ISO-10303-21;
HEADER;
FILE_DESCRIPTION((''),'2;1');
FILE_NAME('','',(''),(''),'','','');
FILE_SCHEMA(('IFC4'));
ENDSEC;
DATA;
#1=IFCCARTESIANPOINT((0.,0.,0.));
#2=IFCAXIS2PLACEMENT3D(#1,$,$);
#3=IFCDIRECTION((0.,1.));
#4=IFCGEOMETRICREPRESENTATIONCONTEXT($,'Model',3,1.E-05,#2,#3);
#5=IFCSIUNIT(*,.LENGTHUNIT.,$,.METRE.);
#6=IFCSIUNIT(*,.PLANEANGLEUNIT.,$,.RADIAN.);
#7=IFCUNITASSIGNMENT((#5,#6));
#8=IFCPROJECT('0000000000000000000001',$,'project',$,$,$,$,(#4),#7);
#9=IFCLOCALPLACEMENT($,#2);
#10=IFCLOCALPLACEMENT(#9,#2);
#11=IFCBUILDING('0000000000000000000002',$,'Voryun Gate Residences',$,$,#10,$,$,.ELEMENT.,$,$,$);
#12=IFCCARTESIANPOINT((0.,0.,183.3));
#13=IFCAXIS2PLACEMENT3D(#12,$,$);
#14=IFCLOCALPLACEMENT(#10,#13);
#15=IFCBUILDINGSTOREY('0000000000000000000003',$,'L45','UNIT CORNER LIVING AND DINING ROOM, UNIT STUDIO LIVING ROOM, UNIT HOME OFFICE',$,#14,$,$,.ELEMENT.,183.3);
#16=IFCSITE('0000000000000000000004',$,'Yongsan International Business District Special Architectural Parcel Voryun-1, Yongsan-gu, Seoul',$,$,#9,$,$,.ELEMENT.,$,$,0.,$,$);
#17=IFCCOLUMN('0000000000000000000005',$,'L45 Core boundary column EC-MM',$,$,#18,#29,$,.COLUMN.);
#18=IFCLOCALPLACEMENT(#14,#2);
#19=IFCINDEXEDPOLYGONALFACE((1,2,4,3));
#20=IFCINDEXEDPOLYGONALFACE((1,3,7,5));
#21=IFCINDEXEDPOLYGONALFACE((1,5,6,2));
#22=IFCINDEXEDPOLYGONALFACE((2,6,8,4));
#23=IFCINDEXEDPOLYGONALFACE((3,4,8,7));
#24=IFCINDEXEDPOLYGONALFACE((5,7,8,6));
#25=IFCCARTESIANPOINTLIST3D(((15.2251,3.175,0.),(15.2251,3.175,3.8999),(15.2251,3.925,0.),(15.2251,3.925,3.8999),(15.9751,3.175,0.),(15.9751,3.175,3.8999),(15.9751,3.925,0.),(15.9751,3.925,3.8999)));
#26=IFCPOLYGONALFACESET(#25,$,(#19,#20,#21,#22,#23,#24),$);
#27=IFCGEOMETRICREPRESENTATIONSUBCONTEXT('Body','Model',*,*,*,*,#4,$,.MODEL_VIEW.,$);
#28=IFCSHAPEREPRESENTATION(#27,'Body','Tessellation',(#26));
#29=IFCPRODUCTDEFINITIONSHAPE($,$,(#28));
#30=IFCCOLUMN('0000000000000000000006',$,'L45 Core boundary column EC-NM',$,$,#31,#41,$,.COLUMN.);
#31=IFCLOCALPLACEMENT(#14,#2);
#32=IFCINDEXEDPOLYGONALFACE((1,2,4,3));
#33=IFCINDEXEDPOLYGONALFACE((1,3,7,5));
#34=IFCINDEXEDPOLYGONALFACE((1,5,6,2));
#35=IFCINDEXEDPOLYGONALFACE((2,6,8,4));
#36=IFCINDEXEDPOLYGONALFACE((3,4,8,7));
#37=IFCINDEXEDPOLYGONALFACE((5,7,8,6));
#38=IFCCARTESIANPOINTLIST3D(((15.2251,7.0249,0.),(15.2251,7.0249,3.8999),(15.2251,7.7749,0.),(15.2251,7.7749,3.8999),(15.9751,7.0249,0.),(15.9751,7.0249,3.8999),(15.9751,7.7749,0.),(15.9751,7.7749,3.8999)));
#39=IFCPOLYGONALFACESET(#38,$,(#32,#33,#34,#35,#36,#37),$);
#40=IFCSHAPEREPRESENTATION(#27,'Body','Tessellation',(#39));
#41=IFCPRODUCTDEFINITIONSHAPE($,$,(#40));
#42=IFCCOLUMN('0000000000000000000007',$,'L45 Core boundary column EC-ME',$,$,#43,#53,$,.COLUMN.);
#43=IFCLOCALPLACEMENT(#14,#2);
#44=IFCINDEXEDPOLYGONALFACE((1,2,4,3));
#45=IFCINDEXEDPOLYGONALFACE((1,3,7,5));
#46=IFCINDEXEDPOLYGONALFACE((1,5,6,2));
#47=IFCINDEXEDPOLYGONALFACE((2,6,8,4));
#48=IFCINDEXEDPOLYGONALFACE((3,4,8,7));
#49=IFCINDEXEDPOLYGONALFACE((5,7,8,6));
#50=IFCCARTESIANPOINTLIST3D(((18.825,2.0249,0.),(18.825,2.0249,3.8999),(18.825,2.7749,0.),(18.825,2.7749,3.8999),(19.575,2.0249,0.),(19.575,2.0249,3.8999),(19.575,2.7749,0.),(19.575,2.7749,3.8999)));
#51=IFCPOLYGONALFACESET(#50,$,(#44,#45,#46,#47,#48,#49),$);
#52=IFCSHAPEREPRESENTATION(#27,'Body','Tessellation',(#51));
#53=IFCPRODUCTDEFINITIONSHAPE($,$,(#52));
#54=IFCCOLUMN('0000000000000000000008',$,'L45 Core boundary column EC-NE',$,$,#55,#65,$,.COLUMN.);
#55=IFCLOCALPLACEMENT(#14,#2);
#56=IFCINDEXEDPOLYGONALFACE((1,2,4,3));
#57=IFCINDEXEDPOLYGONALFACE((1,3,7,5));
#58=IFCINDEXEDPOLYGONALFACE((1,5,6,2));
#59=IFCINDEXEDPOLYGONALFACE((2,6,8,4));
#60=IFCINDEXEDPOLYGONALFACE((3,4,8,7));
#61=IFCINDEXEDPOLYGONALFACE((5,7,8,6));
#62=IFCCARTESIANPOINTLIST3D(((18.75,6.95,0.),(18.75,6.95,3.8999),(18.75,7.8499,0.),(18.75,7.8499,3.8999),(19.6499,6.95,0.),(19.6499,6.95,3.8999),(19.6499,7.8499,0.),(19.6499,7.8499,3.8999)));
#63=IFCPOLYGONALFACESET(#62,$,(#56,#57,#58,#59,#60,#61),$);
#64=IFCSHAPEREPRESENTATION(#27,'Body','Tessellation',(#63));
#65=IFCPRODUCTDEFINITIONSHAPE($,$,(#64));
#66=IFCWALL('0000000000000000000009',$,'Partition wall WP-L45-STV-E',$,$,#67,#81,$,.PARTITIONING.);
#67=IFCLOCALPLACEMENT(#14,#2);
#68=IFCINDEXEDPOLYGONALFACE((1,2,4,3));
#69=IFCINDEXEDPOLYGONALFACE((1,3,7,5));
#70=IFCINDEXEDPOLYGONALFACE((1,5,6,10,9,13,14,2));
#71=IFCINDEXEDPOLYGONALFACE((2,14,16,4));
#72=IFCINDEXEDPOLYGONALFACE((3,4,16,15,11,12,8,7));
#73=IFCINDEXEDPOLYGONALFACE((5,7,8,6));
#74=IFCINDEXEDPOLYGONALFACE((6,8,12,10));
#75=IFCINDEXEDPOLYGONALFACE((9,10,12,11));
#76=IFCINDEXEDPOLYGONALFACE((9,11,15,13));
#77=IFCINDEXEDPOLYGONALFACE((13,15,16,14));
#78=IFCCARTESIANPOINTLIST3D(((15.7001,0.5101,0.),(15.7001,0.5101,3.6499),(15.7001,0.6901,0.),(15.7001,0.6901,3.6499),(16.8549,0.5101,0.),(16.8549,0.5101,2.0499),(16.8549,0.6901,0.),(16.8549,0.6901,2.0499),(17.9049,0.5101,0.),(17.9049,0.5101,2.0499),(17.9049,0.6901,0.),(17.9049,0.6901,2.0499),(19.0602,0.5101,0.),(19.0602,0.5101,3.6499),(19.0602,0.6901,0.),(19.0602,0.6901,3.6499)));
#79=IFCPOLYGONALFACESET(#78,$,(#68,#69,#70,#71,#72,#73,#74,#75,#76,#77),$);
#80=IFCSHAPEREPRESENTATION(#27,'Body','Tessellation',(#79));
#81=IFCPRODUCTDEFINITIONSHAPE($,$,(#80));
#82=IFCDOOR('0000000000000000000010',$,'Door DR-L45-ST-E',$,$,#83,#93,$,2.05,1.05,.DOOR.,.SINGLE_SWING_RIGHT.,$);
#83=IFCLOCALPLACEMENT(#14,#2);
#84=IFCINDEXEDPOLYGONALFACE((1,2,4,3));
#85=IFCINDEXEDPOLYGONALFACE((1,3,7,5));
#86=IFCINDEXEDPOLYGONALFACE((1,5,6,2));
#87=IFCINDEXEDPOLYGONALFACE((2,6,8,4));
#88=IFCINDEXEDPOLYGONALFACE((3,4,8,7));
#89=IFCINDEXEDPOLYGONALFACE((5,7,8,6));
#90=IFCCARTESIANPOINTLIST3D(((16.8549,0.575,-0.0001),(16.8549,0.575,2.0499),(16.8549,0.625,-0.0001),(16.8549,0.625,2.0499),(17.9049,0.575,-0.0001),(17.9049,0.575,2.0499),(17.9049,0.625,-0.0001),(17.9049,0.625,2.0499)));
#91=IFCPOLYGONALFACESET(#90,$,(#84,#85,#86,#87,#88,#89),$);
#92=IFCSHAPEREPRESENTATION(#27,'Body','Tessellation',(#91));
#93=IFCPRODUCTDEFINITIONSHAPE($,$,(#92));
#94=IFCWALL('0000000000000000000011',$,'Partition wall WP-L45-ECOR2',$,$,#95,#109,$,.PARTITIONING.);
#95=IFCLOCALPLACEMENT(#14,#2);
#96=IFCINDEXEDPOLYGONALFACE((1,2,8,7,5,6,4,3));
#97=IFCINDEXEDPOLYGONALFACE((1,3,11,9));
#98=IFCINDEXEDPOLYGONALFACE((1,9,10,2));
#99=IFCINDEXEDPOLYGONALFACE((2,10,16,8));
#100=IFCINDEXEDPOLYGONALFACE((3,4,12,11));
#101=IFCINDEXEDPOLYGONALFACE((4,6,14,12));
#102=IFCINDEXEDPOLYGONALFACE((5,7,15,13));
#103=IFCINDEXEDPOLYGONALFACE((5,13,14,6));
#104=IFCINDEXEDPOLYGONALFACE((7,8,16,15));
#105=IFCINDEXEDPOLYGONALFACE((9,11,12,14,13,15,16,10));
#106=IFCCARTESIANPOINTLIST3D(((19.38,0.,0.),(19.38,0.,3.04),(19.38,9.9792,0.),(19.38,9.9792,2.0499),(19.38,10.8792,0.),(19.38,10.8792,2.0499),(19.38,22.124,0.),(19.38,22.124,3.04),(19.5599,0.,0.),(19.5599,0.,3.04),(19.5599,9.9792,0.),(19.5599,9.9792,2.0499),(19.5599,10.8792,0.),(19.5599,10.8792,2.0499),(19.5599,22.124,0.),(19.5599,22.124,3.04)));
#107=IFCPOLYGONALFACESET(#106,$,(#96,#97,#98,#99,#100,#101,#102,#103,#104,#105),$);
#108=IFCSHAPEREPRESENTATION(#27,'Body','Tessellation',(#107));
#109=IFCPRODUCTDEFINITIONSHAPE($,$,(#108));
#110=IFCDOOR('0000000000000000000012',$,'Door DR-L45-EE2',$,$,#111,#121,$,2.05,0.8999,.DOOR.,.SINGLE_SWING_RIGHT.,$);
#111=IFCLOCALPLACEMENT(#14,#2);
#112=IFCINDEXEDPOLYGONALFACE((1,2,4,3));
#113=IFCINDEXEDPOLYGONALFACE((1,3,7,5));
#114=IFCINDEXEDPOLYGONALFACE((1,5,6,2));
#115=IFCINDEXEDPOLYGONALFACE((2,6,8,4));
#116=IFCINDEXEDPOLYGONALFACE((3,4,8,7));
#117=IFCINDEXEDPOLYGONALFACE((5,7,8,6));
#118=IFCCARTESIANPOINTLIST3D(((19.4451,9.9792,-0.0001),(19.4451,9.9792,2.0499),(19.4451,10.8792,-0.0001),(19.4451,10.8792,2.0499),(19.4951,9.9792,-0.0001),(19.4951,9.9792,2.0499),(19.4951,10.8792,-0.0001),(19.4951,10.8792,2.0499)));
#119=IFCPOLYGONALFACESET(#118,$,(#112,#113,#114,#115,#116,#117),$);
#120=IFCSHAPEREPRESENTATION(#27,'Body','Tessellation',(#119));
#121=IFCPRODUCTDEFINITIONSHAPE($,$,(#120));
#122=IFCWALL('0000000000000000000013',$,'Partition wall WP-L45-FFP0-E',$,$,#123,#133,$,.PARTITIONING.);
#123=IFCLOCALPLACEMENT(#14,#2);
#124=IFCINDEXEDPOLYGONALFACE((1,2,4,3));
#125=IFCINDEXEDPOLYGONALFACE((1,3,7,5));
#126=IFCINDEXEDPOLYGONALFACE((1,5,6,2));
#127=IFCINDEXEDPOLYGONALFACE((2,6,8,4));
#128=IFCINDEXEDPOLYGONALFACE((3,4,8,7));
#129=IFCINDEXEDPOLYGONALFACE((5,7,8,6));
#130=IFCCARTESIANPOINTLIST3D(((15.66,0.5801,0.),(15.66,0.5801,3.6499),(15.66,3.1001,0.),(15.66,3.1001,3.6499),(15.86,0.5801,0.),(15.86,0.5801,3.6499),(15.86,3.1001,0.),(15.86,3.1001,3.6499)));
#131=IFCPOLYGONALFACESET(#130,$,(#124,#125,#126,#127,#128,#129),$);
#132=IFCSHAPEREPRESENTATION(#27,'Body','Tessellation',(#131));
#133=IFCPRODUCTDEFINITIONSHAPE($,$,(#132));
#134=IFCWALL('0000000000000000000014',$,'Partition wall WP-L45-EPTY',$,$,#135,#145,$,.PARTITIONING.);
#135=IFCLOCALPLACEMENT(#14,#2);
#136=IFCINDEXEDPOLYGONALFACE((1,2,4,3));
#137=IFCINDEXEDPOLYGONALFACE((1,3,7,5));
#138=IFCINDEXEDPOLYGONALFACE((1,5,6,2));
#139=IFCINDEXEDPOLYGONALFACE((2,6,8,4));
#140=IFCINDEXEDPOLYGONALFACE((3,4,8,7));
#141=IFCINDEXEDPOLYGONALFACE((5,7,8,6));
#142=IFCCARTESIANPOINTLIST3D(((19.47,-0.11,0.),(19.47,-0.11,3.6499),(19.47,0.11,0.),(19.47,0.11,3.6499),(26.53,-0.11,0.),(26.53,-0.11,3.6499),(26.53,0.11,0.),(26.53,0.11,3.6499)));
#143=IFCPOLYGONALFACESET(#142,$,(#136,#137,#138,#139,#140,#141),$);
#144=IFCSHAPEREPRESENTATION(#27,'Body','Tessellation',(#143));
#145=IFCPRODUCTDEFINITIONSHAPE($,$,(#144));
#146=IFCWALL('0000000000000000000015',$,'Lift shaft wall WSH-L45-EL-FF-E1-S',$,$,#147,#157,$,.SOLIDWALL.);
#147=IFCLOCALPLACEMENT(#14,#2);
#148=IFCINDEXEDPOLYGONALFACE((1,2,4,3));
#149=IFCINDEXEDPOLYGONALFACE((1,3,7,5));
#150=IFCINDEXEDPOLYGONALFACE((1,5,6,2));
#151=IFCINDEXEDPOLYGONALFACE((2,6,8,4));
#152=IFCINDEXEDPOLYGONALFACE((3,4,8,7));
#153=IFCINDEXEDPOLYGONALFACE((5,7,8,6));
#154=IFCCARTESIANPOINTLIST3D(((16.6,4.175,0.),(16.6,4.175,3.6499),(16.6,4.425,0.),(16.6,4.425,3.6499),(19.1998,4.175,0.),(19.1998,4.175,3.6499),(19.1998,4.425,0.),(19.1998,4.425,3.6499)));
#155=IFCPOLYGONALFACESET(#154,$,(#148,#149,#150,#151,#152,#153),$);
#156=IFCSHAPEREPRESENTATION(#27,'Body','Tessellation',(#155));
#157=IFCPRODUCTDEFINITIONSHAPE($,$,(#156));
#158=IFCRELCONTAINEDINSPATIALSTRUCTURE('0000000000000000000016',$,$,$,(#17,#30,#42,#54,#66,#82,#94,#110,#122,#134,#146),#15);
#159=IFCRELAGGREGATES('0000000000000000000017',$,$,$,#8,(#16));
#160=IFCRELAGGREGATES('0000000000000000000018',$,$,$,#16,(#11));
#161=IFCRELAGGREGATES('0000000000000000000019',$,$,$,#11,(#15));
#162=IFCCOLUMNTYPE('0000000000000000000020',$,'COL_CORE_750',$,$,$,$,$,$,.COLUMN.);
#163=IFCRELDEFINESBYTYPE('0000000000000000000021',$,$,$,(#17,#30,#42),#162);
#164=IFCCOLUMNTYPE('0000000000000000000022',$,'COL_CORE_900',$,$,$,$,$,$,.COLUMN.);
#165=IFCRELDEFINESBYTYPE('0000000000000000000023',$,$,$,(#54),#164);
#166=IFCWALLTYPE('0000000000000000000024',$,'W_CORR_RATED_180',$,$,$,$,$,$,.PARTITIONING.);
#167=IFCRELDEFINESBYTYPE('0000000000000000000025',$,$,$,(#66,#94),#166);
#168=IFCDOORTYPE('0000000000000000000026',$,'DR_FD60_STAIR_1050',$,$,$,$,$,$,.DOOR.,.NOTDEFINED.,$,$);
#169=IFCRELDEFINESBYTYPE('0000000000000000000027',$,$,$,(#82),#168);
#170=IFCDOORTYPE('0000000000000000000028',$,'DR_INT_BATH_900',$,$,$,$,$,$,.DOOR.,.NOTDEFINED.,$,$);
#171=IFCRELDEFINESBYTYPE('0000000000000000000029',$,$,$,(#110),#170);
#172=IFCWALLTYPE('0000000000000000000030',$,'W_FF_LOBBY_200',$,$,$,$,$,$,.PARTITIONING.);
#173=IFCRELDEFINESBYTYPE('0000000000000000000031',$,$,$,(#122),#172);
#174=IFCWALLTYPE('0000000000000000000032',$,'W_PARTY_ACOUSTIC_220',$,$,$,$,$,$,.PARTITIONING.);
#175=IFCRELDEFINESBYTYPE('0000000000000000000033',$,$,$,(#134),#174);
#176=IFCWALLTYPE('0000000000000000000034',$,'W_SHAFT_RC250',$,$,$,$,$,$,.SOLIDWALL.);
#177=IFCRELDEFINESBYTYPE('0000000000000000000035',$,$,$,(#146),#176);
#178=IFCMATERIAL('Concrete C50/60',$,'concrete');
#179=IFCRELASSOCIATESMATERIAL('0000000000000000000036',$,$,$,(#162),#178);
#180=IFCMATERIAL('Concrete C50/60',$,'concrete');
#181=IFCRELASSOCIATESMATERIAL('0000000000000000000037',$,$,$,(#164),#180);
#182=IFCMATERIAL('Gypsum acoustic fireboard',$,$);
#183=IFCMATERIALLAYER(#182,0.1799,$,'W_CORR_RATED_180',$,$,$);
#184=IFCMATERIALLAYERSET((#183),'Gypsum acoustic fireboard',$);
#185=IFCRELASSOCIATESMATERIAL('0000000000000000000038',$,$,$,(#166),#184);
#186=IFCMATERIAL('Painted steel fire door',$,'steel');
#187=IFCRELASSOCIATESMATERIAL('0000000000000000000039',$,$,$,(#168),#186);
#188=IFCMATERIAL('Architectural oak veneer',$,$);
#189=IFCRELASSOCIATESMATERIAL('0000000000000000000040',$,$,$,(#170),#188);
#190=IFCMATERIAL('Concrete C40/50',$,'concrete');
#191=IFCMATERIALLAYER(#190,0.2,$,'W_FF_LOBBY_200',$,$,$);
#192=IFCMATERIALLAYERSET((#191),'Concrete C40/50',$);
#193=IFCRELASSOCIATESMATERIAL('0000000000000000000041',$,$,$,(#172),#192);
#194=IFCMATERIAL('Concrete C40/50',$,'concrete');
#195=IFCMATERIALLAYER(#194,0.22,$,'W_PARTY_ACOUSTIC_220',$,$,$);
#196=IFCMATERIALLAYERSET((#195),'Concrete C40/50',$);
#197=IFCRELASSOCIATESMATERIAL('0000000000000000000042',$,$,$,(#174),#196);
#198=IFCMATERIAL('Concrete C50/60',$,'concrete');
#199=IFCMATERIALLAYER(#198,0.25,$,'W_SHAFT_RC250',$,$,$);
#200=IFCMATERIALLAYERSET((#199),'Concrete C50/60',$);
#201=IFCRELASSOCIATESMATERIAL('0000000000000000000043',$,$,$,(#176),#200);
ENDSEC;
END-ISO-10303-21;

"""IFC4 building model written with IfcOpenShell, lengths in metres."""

from ifc_helpers import new_model, si_unit, direction, frame, frame_2d, origin, origin_2d, place, context, subcontext, project, spatial, rectangle, extrude, material, layer, layer_set, material_profile, profile_set, type_object, element, fill, save


model = new_model("IFC4")

# Units and contexts
model_context = context("Model", 3, precision=1e-05, world=origin(), true_north=direction((0.0, 1.0)))
body_context = subcontext(model_context, "Body", "Model", "MODEL_VIEW")
ifc_project = project(units=[si_unit("LENGTHUNIT", "METRE"), si_unit("PLANEANGLEUNIT", "RADIAN")], contexts=[model_context])

# Site, building, storey
site_placement = place(None, origin())
site = spatial("IfcSite", under=ifc_project, at=site_placement, Name="Yongsan International Business District Special Architectural Parcel Voryun-1, Yongsan-gu, Seoul", CompositionType="ELEMENT", RefElevation=0.0)
building_placement = place(site_placement, origin())
building = spatial("IfcBuilding", under=site, at=building_placement, Name="Voryun Gate Residences", CompositionType="ELEMENT")
storey_placement = place(building_placement, frame((0.0, 0.0, 183.3)))
storey = spatial("IfcBuildingStorey", under=building, at=storey_placement, Name="L45", Description="UNIT CORNER LIVING AND DINING ROOM, UNIT STUDIO LIVING ROOM, UNIT HOME OFFICE", CompositionType="ELEMENT", Elevation=183.3)

# Columns
ifc_material_1 = material(Name="Concrete C50/60", Category="concrete")
ifc_material_profile_1 = material_profile(ifc_material_1, rectangle(XDim=0.75, YDim=0.75, at=origin_2d()), Name="RC-750x750")
ifc_profile_set_1 = profile_set([ifc_material_profile_1], Name="Concrete C50/60")
column_type_1 = type_object("IfcColumnType", Name="COL_CORE_750", PredefinedType="COLUMN", material=ifc_profile_set_1)
for number, where, z_axis, x_axis, name in (
    (1, (15.6001, 3.55, 0.0), (0.0, 0.0, 1.0), (1.0, 0.0, 0.0), "L45 Core boundary column EC-MM"),
    (2, (15.6001, 7.3999, 0.0), (0.0, 0.0, 1.0), (1.0, 0.0, 0.0), "L45 Core boundary column EC-NM"),
    (3, (19.2, 2.3999, 0.0), (0.0, 0.0, 1.0), (1.0, 0.0, 0.0), "L45 Core boundary column EC-ME"),
):
    element("IfcColumn", number, at=place(storey_placement, frame(where, z_axis=z_axis, x_axis=x_axis)), inside=storey, type_object=column_type_1, Name=name, PredefinedType="COLUMN", context=body_context, shape_type="SweptSolid", body=[
        extrude(rectangle(XDim=0.75, YDim=0.75, at=origin_2d()), origin(), (0.0, 0.0, 1.0), 3.8999),
    ])
ifc_material_2 = material(Name="Concrete C50/60", Category="concrete")
ifc_material_profile_2 = material_profile(ifc_material_2, rectangle(XDim=0.8999, YDim=0.8999, at=origin_2d()), Name="RC-900x900")
ifc_profile_set_2 = profile_set([ifc_material_profile_2], Name="Concrete C50/60")
column_type_2 = type_object("IfcColumnType", Name="COL_CORE_900", PredefinedType="COLUMN", material=ifc_profile_set_2)
column_placement = place(storey_placement, frame((19.2, 7.3999, 0.0), z_axis=(0.0, 0.0, 1.0), x_axis=(1.0, 0.0, 0.0)))
element("IfcColumn", 4, at=column_placement, inside=storey, type_object=column_type_2, Name="L45 Core boundary column EC-NE", PredefinedType="COLUMN", context=body_context, shape_type="SweptSolid", body=[
    extrude(rectangle(XDim=0.8999, YDim=0.8999, at=origin_2d()), origin(), (0.0, 0.0, 1.0), 3.8999),
])

# Walls, openings, doors
ifc_material_3 = material(Name="Gypsum acoustic fireboard")
ifc_layer_1 = layer(ifc_material_3, 0.1799, Name="W_CORR_RATED_180")
ifc_layer_set_1 = layer_set([ifc_layer_1], Name="Gypsum acoustic fireboard")
wall_type_1 = type_object("IfcWallType", Name="W_CORR_RATED_180", PredefinedType="PARTITIONING", material=ifc_layer_set_1)
wall_1_placement = place(storey_placement, frame((15.7, 0.6001, 0.0), z_axis=(0.0, 0.0, 1.0), x_axis=(1.0, 0.0, 0.0)))
wall_1 = element("IfcWall", 5, at=wall_1_placement, inside=storey, type_object=wall_type_1, Name="Partition wall WP-L45-STV-E", PredefinedType="PARTITIONING", context=body_context, shape_type="SweptSolid", body=[
    extrude(rectangle(XDim=3.3601, YDim=0.1799, at=frame_2d((1.6802, 0.0))), origin(), (0.0, 0.0, 1.0), 3.6499),
])
opening_1_placement = place(wall_1_placement, frame((1.155, 0.0, 0.0)))
opening_1 = element("IfcOpeningElement", 6, at=opening_1_placement, cuts=wall_1, PredefinedType="OPENING", context=body_context, shape_type="SweptSolid", body=[
    extrude(rectangle(XDim=1.05, YDim=2.05, at=frame_2d((0.5249, 1.0249))), frame((0.0, 0.0999, 0.0), z_axis=(0.0, -1.0, 0.0), x_axis=(1.0, 0.0, 0.0)), (0.0, 0.0, 1.0), 0.2),
])
ifc_material_4 = material(Name="Painted steel fire door", Category="steel")
door_type_1 = type_object("IfcDoorType", Name="DR_FD60_STAIR_1050", OperationType="NOTDEFINED", PredefinedType="DOOR", material=ifc_material_4)
door_1_placement = place(opening_1_placement, origin())
door_1 = element("IfcDoor", 7, at=door_1_placement, inside=storey, type_object=door_type_1, Name="Door DR-L45-ST-E", OperationType="SINGLE_SWING_RIGHT", OverallHeight=2.05, OverallWidth=1.05, PredefinedType="DOOR", context=body_context, shape_type="SweptSolid", body=[
    extrude(rectangle(XDim=1.05, YDim=2.05, at=frame_2d((0.5249, 1.0249))), frame((0.0, 0.0249, 0.0), z_axis=(0.0, -1.0, 0.0), x_axis=(1.0, 0.0, 0.0)), (0.0, 0.0, 1.0), 0.05),
])
fill(opening_1, door_1)
wall_2_placement = place(storey_placement, frame((19.47, 0.0, 0.0), z_axis=(0.0, 0.0, 1.0), x_axis=(0.0, 1.0, 0.0)))
wall_2 = element("IfcWall", 8, at=wall_2_placement, inside=storey, type_object=wall_type_1, Name="Partition wall WP-L45-ECOR2", PredefinedType="PARTITIONING", context=body_context, shape_type="SweptSolid", body=[
    extrude(rectangle(XDim=22.124, YDim=0.1799, at=frame_2d((11.062, 0.0))), origin(), (0.0, 0.0, 1.0), 3.04),
])
opening_2_placement = place(wall_2_placement, frame((9.9792, 0.0, 0.0)))
opening_2 = element("IfcOpeningElement", 9, at=opening_2_placement, cuts=wall_2, PredefinedType="OPENING", context=body_context, shape_type="SweptSolid", body=[
    extrude(rectangle(XDim=0.8999, YDim=2.05, at=frame_2d((0.45, 1.0249))), frame((0.0, 0.0999, 0.0), z_axis=(0.0, -1.0, 0.0), x_axis=(1.0, 0.0, 0.0)), (0.0, 0.0, 1.0), 0.2),
])
ifc_material_5 = material(Name="Architectural oak veneer")
door_type_2 = type_object("IfcDoorType", Name="DR_INT_BATH_900", OperationType="NOTDEFINED", PredefinedType="DOOR", material=ifc_material_5)
door_2_placement = place(opening_2_placement, origin())
door_2 = element("IfcDoor", 10, at=door_2_placement, inside=storey, type_object=door_type_2, Name="Door DR-L45-EE2", OperationType="SINGLE_SWING_RIGHT", OverallHeight=2.05, OverallWidth=0.8999, PredefinedType="DOOR", context=body_context, shape_type="SweptSolid", body=[
    extrude(rectangle(XDim=0.8999, YDim=2.05, at=frame_2d((0.45, 1.0249))), frame((0.0, 0.0249, 0.0), z_axis=(0.0, -1.0, 0.0), x_axis=(1.0, 0.0, 0.0)), (0.0, 0.0, 1.0), 0.05),
])
fill(opening_2, door_2)

# Walls
ifc_material_6 = material(Name="Concrete C40/50", Category="concrete")
ifc_layer_2 = layer(ifc_material_6, 0.2, Name="W_FF_LOBBY_200")
ifc_layer_set_2 = layer_set([ifc_layer_2], Name="Concrete C40/50")
wall_type_2 = type_object("IfcWallType", Name="W_FF_LOBBY_200", PredefinedType="PARTITIONING", material=ifc_layer_set_2)
wall_3_placement = place(storey_placement, frame((15.76, 0.5801, 0.0), z_axis=(0.0, 0.0, 1.0), x_axis=(0.0, 1.0, 0.0)))
element("IfcWall", 11, at=wall_3_placement, inside=storey, type_object=wall_type_2, Name="Partition wall WP-L45-FFP0-E", PredefinedType="PARTITIONING", context=body_context, shape_type="SweptSolid", body=[
    extrude(rectangle(XDim=2.52, YDim=0.2, at=frame_2d((1.26, 0.0))), origin(), (0.0, 0.0, 1.0), 3.6499),
])
ifc_material_7 = material(Name="Concrete C40/50", Category="concrete")
ifc_layer_3 = layer(ifc_material_7, 0.22, Name="W_PARTY_ACOUSTIC_220")
ifc_layer_set_3 = layer_set([ifc_layer_3], Name="Concrete C40/50")
wall_type_3 = type_object("IfcWallType", Name="W_PARTY_ACOUSTIC_220", PredefinedType="PARTITIONING", material=ifc_layer_set_3)
wall_4_placement = place(storey_placement, frame((19.47, 0.0, 0.0), z_axis=(0.0, 0.0, 1.0), x_axis=(1.0, 0.0, 0.0)))
element("IfcWall", 12, at=wall_4_placement, inside=storey, type_object=wall_type_3, Name="Partition wall WP-L45-EPTY", PredefinedType="PARTITIONING", context=body_context, shape_type="SweptSolid", body=[
    extrude(rectangle(XDim=7.0601, YDim=0.22, at=frame_2d((3.53, 0.0))), origin(), (0.0, 0.0, 1.0), 3.6499),
])
ifc_material_8 = material(Name="Concrete C50/60", Category="concrete")
ifc_layer_4 = layer(ifc_material_8, 0.25, Name="W_SHAFT_RC250")
ifc_layer_set_4 = layer_set([ifc_layer_4], Name="Concrete C50/60")
wall_type_4 = type_object("IfcWallType", Name="W_SHAFT_RC250", PredefinedType="SOLIDWALL", material=ifc_layer_set_4)
wall_5_placement = place(storey_placement, frame((16.6001, 4.3, 0.0), z_axis=(0.0, 0.0, 1.0), x_axis=(1.0, 0.0, 0.0)))
element("IfcWall", 13, at=wall_5_placement, inside=storey, type_object=wall_type_4, Name="Lift shaft wall WSH-L45-EL-FF-E1-S", PredefinedType="SOLIDWALL", context=body_context, shape_type="SweptSolid", body=[
    extrude(rectangle(XDim=2.5999, YDim=0.25, at=frame_2d((1.2998, 0.0))), origin(), (0.0, 0.0, 1.0), 3.6499),
])

save(model, "model.ifc")
